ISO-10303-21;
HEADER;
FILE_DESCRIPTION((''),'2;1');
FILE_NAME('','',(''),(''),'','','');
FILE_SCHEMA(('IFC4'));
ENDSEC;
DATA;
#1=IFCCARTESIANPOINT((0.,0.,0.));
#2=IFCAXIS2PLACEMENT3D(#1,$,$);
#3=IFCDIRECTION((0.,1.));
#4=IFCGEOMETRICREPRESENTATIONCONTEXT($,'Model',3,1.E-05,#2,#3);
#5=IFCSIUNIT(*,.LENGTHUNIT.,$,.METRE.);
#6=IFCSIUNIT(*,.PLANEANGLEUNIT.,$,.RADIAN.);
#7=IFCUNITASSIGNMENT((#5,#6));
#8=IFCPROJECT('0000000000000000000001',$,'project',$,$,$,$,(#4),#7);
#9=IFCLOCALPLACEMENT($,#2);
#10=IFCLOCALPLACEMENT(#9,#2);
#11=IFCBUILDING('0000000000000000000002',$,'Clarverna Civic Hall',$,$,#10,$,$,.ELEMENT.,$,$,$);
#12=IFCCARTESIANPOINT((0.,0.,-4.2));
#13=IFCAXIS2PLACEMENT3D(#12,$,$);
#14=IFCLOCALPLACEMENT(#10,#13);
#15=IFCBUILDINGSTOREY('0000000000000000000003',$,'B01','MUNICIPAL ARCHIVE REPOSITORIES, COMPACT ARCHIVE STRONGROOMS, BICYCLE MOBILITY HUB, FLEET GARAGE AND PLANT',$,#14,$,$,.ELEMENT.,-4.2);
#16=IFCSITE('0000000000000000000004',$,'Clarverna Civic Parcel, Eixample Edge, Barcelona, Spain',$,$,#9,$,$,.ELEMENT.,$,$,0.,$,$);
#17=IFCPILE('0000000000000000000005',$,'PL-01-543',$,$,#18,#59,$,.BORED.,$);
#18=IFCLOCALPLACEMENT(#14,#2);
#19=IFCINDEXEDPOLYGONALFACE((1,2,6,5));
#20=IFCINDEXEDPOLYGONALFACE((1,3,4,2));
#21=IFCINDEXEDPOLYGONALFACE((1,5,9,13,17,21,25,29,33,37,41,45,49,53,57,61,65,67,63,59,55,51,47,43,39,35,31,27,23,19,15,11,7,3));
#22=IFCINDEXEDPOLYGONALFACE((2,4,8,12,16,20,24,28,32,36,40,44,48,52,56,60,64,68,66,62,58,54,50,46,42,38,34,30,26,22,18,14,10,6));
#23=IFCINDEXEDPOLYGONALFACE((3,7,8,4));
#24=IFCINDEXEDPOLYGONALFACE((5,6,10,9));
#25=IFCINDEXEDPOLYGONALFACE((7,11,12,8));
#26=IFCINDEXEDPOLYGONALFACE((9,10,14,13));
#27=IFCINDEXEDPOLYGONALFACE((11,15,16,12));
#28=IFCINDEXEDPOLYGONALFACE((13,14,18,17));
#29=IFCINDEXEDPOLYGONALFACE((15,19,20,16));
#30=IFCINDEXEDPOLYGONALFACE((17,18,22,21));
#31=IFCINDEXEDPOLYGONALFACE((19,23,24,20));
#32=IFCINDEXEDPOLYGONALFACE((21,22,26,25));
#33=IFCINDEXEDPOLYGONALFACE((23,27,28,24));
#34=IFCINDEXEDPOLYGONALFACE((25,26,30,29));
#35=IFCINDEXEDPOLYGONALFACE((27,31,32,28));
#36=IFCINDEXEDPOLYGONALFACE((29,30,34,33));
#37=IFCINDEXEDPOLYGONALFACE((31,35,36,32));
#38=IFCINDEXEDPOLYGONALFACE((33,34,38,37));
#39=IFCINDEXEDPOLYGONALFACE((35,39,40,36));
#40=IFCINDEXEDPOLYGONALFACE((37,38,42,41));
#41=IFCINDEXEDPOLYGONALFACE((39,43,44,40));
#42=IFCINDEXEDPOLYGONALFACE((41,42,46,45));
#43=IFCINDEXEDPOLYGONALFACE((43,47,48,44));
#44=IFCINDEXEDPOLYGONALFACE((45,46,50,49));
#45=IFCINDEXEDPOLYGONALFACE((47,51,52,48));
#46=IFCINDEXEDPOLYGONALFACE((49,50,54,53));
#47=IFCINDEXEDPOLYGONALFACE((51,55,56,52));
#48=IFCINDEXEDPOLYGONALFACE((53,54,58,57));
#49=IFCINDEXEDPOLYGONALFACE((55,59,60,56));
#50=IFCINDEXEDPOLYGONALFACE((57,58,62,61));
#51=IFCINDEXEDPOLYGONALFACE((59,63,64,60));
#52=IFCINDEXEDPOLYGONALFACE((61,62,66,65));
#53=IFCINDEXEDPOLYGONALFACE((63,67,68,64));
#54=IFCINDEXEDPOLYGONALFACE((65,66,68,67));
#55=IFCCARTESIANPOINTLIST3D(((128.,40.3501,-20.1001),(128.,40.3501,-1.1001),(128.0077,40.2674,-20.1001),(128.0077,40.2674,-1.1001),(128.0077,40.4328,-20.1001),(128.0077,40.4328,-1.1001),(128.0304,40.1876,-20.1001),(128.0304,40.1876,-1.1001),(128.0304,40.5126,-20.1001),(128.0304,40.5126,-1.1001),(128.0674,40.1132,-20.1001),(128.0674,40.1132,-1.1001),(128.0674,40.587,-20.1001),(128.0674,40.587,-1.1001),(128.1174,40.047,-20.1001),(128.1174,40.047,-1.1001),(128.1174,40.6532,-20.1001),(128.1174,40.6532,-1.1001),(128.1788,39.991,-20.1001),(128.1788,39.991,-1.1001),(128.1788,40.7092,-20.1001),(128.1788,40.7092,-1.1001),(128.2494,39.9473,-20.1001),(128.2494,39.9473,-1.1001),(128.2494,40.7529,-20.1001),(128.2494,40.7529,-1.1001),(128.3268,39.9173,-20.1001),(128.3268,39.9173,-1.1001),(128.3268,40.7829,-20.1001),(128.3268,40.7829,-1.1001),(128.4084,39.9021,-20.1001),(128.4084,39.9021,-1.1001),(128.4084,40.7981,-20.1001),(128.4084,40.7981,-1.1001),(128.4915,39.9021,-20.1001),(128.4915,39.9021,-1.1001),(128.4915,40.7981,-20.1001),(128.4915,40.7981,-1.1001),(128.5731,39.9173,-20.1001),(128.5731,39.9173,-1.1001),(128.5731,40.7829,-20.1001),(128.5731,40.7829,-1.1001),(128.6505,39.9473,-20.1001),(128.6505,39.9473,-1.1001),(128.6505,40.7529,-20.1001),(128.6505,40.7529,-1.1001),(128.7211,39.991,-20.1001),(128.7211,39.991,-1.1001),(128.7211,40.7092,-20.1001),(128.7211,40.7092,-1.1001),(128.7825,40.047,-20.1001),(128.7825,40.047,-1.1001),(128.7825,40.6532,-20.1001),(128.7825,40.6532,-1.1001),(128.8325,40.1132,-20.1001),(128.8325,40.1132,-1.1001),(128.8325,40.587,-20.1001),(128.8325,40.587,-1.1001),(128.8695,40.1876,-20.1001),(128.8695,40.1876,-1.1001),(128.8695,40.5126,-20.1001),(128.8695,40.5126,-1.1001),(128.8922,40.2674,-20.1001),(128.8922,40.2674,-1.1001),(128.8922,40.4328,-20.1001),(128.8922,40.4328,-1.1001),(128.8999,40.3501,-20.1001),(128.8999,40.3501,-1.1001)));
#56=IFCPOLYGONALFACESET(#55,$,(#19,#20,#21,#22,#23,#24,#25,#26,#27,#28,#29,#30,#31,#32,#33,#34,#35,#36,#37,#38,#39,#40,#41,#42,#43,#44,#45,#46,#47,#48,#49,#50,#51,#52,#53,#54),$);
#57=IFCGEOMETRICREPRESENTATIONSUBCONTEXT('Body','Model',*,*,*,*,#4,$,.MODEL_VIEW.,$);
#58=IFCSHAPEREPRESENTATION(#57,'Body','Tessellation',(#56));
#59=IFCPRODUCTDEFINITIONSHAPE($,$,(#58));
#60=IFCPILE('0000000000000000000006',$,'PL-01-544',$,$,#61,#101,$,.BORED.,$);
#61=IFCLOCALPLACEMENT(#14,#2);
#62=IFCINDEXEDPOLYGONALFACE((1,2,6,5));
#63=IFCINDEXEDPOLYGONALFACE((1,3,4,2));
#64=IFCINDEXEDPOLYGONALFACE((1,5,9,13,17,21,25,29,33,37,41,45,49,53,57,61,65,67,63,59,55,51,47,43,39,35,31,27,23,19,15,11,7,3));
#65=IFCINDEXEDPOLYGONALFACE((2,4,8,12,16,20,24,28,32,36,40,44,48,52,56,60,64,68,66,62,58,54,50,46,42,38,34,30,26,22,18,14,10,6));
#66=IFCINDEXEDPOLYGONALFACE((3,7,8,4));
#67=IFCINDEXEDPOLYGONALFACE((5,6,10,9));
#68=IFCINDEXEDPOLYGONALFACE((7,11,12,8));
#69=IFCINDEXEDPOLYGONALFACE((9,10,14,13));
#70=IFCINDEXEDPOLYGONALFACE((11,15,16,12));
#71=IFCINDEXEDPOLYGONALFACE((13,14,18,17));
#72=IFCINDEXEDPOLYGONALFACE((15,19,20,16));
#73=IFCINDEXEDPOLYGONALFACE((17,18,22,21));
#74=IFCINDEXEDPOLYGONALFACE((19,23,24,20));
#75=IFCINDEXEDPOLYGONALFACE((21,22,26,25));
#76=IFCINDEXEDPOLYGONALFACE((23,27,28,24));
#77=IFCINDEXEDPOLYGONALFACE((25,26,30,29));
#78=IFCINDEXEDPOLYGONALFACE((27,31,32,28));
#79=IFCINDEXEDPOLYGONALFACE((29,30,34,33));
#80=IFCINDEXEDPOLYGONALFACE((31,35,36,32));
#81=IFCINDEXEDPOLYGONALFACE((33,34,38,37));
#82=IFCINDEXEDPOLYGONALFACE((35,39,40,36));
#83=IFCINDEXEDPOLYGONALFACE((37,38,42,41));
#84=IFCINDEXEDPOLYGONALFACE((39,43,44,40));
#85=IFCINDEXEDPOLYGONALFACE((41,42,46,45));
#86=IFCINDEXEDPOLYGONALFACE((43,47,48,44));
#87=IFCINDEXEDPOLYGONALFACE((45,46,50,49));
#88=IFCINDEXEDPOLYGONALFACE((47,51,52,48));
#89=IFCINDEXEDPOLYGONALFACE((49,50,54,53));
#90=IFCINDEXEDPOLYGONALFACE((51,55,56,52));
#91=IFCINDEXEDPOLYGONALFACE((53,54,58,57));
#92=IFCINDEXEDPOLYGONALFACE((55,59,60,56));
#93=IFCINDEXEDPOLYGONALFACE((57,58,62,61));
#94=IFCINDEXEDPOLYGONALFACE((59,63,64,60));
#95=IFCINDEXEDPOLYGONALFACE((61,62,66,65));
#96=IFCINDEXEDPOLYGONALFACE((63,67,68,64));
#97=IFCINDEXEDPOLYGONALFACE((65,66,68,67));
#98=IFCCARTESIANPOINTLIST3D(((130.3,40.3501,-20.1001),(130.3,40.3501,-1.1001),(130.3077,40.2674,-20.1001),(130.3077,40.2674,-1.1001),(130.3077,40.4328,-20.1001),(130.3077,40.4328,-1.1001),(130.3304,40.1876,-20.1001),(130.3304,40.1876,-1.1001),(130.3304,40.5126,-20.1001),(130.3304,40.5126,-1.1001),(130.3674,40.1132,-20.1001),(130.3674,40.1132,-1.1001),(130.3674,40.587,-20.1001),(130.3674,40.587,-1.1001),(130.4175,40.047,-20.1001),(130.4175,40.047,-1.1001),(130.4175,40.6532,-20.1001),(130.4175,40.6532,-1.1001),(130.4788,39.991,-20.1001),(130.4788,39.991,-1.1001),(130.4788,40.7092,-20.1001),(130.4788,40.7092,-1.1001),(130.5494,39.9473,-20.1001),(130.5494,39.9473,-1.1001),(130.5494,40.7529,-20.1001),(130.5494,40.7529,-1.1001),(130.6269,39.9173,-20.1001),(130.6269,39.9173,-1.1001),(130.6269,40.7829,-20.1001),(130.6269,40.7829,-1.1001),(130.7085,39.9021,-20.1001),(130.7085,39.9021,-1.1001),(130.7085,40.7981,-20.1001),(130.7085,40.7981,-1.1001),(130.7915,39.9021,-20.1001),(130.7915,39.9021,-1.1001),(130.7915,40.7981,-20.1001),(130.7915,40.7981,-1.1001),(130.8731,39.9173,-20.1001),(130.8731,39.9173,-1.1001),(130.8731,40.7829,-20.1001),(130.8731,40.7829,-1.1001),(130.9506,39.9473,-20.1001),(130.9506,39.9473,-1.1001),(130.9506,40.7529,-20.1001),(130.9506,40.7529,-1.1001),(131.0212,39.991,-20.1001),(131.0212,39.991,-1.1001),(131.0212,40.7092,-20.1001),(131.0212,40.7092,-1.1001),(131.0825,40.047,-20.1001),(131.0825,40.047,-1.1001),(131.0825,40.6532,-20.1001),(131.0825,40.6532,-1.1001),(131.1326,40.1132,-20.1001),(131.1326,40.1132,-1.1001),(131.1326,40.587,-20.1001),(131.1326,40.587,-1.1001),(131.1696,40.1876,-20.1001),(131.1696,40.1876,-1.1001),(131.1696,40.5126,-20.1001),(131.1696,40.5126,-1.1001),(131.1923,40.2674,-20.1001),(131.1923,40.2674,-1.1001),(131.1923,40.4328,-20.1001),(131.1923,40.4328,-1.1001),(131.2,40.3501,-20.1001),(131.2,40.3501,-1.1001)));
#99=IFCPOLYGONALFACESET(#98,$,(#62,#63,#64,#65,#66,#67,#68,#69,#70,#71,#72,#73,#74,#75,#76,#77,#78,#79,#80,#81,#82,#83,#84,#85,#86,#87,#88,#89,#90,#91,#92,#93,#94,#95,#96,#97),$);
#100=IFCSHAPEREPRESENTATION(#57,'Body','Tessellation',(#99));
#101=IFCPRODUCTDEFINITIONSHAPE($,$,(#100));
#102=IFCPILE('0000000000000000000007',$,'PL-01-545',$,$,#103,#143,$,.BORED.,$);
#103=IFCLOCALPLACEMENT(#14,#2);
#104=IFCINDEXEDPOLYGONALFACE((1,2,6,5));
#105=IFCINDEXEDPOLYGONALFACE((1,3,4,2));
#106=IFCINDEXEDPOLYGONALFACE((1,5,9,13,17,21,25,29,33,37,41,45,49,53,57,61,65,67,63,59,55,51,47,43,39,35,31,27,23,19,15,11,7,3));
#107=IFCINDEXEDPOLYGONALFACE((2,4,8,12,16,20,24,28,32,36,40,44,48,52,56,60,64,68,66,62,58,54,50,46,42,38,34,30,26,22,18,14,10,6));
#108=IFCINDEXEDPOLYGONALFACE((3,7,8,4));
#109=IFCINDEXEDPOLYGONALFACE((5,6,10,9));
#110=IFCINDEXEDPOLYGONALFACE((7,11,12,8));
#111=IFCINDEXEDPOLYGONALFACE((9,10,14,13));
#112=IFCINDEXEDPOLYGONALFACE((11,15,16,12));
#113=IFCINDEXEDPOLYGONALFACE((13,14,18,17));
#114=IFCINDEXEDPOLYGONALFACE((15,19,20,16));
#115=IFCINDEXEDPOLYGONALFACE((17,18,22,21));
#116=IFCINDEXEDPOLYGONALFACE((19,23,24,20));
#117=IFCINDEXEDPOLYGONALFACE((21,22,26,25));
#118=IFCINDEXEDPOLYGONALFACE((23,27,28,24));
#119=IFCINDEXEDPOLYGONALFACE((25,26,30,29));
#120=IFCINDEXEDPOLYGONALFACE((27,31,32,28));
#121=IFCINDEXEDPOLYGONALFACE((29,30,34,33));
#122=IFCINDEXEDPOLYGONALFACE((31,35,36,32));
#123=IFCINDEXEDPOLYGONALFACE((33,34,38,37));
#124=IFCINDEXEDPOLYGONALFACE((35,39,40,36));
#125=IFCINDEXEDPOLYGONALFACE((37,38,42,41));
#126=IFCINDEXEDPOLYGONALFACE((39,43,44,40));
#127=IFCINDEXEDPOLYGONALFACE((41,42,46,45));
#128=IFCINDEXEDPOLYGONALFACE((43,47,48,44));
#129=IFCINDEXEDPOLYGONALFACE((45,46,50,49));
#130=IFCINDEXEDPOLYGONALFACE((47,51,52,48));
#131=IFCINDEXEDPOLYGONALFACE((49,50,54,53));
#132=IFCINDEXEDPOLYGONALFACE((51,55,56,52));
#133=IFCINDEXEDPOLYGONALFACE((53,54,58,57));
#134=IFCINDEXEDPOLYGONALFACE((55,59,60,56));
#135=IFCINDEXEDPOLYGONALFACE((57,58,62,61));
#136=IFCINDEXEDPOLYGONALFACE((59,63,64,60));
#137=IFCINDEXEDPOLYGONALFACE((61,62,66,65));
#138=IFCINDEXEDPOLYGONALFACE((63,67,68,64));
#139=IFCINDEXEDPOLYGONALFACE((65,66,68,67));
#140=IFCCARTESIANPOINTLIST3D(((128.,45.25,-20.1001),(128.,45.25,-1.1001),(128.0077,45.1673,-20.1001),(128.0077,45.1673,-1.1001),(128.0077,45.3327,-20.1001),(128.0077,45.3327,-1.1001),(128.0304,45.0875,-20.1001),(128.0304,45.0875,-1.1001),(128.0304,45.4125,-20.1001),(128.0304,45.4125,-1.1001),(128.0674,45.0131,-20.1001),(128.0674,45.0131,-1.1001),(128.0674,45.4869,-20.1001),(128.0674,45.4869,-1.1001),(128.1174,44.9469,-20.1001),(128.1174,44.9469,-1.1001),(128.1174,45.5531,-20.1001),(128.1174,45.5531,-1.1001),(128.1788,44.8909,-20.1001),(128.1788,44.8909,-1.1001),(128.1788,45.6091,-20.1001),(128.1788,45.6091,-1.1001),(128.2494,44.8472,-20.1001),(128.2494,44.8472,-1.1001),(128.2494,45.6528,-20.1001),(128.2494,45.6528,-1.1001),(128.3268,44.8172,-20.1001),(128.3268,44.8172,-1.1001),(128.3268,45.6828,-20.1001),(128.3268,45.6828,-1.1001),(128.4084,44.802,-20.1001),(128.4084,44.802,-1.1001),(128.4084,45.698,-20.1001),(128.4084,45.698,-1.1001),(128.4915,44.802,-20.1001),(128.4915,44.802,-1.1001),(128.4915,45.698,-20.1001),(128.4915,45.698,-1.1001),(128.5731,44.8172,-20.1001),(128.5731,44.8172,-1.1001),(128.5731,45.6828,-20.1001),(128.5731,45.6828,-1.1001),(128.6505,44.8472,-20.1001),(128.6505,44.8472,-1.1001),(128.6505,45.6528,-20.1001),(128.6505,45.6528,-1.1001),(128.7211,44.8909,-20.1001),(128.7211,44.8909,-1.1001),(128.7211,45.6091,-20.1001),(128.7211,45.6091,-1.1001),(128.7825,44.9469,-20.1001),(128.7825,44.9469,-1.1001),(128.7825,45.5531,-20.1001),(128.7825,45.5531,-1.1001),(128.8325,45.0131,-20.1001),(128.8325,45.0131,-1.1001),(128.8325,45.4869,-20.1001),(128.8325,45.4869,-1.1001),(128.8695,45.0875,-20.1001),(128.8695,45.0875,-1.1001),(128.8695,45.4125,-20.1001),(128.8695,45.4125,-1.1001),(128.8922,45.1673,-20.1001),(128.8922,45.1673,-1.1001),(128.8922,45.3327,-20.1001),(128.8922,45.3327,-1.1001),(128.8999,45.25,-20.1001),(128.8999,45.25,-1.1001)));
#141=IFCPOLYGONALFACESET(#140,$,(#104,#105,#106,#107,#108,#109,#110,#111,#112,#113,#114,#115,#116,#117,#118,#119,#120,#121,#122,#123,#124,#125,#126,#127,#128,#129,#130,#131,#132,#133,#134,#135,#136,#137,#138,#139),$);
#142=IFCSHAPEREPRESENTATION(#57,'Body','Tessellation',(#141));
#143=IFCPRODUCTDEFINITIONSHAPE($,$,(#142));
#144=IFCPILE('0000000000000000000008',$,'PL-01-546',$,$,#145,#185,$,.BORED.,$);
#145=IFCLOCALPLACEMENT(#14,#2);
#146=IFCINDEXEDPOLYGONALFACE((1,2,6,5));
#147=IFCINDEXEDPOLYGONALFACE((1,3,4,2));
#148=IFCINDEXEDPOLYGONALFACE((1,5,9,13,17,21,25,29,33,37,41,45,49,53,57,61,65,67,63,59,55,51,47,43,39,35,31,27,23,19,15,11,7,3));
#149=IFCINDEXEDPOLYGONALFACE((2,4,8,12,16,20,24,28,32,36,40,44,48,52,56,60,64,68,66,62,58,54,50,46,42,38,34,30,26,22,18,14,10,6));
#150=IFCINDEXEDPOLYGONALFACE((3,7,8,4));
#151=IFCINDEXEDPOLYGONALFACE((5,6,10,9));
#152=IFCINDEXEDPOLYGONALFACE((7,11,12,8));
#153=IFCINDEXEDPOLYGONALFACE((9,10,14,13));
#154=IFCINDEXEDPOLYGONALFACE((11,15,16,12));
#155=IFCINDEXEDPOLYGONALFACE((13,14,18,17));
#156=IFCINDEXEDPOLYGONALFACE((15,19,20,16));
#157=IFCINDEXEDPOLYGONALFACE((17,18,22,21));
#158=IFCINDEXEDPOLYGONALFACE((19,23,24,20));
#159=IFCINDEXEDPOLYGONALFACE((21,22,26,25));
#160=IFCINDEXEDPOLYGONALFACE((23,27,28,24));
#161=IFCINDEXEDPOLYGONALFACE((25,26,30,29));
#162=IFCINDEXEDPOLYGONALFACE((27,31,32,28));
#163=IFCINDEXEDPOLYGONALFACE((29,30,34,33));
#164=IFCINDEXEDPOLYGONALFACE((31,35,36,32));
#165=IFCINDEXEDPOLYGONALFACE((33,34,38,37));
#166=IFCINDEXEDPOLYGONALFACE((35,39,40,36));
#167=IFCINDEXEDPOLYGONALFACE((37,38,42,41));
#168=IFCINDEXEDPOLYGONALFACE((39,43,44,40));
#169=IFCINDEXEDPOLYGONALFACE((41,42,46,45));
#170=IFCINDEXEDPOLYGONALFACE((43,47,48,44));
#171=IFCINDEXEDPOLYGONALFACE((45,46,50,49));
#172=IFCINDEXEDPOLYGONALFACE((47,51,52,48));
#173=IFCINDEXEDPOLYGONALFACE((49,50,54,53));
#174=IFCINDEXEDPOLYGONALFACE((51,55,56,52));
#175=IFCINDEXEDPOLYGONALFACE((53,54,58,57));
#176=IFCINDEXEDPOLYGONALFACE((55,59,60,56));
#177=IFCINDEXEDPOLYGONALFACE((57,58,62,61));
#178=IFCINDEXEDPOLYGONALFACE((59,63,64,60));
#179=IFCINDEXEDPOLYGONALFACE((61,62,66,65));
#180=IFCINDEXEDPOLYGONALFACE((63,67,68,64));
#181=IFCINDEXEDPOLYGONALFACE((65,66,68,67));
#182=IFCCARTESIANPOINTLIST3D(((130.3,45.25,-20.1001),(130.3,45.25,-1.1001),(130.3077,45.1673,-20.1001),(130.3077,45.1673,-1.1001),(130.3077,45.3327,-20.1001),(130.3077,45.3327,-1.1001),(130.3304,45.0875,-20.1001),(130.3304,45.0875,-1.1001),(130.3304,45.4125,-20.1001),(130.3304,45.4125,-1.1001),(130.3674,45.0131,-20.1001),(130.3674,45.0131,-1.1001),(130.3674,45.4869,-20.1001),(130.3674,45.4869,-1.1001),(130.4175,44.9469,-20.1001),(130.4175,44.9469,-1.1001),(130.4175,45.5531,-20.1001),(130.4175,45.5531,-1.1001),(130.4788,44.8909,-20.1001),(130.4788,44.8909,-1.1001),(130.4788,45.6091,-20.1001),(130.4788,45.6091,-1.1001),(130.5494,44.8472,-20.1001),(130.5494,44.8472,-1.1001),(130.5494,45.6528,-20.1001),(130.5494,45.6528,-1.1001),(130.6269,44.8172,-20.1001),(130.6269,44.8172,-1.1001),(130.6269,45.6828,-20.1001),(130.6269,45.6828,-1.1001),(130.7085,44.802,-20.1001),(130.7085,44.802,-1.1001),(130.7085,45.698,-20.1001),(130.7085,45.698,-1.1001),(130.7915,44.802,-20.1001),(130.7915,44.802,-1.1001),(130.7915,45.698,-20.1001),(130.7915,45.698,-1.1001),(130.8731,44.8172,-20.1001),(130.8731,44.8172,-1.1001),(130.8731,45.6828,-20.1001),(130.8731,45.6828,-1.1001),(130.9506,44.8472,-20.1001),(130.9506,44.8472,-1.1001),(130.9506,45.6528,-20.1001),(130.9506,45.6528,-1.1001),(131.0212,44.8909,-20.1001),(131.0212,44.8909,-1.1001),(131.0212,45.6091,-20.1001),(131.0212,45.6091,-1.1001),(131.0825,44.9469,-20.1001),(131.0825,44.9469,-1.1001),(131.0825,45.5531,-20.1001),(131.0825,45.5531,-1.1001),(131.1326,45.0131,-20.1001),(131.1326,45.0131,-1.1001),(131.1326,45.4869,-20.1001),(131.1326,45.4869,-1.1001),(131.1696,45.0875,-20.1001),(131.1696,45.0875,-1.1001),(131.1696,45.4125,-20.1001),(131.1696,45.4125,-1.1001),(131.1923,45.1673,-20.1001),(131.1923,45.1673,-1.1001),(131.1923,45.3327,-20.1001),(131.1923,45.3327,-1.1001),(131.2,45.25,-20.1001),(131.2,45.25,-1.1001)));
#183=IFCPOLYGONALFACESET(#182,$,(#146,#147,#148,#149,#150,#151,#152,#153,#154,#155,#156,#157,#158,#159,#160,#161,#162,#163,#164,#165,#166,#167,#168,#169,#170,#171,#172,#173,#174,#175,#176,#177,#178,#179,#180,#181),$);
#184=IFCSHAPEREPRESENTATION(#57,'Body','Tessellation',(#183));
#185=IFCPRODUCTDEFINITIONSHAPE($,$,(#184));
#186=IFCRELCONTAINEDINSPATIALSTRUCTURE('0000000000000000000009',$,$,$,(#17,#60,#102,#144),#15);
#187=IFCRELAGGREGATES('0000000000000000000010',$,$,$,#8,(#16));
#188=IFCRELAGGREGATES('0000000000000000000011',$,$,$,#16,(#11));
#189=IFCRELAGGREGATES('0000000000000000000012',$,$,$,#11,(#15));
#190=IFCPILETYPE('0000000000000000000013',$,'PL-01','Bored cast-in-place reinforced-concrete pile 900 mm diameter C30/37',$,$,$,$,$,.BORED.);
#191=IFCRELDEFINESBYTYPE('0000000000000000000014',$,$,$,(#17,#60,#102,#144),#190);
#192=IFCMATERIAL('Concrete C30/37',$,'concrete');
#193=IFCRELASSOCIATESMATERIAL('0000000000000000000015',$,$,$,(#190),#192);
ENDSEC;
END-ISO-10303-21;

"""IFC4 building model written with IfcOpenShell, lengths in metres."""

from ifc_helpers import new_model, si_unit, direction, frame, origin, origin_2d, place, context, subcontext, project, spatial, circle, extrude, material, material_profile, profile_set, type_object, element, save


model = new_model("IFC4")

# Units and contexts
model_context = context("Model", 3, precision=1e-05, world=origin(), true_north=direction((0.0, 1.0)))
body_context = subcontext(model_context, "Body", "Model", "MODEL_VIEW")
ifc_project = project(units=[si_unit("LENGTHUNIT", "METRE"), si_unit("PLANEANGLEUNIT", "RADIAN")], contexts=[model_context])

# Site, building, storey
site_placement = place(None, origin())
site = spatial("IfcSite", under=ifc_project, at=site_placement, Name="Clarverna Civic Parcel, Eixample Edge, Barcelona, Spain", CompositionType="ELEMENT", RefElevation=0.0)
building_placement = place(site_placement, origin())
building = spatial("IfcBuilding", under=site, at=building_placement, Name="Clarverna Civic Hall", CompositionType="ELEMENT")
storey_placement = place(building_placement, frame((0.0, 0.0, -4.2)))
storey = spatial("IfcBuildingStorey", under=building, at=storey_placement, Name="B01", Description="MUNICIPAL ARCHIVE REPOSITORIES, COMPACT ARCHIVE STRONGROOMS, BICYCLE MOBILITY HUB, FLEET GARAGE AND PLANT", CompositionType="ELEMENT", Elevation=-4.2)

# Shared definitions
ifc_material_1 = material(Name="Concrete C30/37", Category="concrete")

# Piles
ifc_material_profile_1 = material_profile(ifc_material_1, circle(Radius=0.45, at=origin_2d()), Name="BORED PILE D900")
ifc_profile_set_1 = profile_set([ifc_material_profile_1], Name="Concrete C30/37")
pile_type = type_object("IfcPileType", Name="PL-01", Description="Bored cast-in-place reinforced-concrete pile 900 mm diameter C30/37", PredefinedType="BORED", material=ifc_profile_set_1)
for number, where, z_axis, x_axis, name in (
    (1, (128.45, 40.3501, -1.1001), (0.0, 0.0, -1.0), (1.0, 0.0, 0.0), "PL-01-543"),
    (2, (130.75, 40.3501, -1.1001), (0.0, 0.0, -1.0), (1.0, 0.0, 0.0), "PL-01-544"),
    (3, (128.45, 45.25, -1.1001), (0.0, 0.0, -1.0), (1.0, 0.0, 0.0), "PL-01-545"),
    (4, (130.75, 45.25, -1.1001), (0.0, 0.0, -1.0), (1.0, 0.0, 0.0), "PL-01-546"),
):
    element("IfcPile", number, at=place(storey_placement, frame(where, z_axis=z_axis, x_axis=x_axis)), inside=storey, type_object=pile_type, Name=name, PredefinedType="BORED", context=body_context, shape_type="SweptSolid", body=[
        extrude(circle(Radius=0.45, at=origin_2d()), origin(), (0.0, 0.0, 1.0), 19.0),
    ])

save(model, "model.ifc")
